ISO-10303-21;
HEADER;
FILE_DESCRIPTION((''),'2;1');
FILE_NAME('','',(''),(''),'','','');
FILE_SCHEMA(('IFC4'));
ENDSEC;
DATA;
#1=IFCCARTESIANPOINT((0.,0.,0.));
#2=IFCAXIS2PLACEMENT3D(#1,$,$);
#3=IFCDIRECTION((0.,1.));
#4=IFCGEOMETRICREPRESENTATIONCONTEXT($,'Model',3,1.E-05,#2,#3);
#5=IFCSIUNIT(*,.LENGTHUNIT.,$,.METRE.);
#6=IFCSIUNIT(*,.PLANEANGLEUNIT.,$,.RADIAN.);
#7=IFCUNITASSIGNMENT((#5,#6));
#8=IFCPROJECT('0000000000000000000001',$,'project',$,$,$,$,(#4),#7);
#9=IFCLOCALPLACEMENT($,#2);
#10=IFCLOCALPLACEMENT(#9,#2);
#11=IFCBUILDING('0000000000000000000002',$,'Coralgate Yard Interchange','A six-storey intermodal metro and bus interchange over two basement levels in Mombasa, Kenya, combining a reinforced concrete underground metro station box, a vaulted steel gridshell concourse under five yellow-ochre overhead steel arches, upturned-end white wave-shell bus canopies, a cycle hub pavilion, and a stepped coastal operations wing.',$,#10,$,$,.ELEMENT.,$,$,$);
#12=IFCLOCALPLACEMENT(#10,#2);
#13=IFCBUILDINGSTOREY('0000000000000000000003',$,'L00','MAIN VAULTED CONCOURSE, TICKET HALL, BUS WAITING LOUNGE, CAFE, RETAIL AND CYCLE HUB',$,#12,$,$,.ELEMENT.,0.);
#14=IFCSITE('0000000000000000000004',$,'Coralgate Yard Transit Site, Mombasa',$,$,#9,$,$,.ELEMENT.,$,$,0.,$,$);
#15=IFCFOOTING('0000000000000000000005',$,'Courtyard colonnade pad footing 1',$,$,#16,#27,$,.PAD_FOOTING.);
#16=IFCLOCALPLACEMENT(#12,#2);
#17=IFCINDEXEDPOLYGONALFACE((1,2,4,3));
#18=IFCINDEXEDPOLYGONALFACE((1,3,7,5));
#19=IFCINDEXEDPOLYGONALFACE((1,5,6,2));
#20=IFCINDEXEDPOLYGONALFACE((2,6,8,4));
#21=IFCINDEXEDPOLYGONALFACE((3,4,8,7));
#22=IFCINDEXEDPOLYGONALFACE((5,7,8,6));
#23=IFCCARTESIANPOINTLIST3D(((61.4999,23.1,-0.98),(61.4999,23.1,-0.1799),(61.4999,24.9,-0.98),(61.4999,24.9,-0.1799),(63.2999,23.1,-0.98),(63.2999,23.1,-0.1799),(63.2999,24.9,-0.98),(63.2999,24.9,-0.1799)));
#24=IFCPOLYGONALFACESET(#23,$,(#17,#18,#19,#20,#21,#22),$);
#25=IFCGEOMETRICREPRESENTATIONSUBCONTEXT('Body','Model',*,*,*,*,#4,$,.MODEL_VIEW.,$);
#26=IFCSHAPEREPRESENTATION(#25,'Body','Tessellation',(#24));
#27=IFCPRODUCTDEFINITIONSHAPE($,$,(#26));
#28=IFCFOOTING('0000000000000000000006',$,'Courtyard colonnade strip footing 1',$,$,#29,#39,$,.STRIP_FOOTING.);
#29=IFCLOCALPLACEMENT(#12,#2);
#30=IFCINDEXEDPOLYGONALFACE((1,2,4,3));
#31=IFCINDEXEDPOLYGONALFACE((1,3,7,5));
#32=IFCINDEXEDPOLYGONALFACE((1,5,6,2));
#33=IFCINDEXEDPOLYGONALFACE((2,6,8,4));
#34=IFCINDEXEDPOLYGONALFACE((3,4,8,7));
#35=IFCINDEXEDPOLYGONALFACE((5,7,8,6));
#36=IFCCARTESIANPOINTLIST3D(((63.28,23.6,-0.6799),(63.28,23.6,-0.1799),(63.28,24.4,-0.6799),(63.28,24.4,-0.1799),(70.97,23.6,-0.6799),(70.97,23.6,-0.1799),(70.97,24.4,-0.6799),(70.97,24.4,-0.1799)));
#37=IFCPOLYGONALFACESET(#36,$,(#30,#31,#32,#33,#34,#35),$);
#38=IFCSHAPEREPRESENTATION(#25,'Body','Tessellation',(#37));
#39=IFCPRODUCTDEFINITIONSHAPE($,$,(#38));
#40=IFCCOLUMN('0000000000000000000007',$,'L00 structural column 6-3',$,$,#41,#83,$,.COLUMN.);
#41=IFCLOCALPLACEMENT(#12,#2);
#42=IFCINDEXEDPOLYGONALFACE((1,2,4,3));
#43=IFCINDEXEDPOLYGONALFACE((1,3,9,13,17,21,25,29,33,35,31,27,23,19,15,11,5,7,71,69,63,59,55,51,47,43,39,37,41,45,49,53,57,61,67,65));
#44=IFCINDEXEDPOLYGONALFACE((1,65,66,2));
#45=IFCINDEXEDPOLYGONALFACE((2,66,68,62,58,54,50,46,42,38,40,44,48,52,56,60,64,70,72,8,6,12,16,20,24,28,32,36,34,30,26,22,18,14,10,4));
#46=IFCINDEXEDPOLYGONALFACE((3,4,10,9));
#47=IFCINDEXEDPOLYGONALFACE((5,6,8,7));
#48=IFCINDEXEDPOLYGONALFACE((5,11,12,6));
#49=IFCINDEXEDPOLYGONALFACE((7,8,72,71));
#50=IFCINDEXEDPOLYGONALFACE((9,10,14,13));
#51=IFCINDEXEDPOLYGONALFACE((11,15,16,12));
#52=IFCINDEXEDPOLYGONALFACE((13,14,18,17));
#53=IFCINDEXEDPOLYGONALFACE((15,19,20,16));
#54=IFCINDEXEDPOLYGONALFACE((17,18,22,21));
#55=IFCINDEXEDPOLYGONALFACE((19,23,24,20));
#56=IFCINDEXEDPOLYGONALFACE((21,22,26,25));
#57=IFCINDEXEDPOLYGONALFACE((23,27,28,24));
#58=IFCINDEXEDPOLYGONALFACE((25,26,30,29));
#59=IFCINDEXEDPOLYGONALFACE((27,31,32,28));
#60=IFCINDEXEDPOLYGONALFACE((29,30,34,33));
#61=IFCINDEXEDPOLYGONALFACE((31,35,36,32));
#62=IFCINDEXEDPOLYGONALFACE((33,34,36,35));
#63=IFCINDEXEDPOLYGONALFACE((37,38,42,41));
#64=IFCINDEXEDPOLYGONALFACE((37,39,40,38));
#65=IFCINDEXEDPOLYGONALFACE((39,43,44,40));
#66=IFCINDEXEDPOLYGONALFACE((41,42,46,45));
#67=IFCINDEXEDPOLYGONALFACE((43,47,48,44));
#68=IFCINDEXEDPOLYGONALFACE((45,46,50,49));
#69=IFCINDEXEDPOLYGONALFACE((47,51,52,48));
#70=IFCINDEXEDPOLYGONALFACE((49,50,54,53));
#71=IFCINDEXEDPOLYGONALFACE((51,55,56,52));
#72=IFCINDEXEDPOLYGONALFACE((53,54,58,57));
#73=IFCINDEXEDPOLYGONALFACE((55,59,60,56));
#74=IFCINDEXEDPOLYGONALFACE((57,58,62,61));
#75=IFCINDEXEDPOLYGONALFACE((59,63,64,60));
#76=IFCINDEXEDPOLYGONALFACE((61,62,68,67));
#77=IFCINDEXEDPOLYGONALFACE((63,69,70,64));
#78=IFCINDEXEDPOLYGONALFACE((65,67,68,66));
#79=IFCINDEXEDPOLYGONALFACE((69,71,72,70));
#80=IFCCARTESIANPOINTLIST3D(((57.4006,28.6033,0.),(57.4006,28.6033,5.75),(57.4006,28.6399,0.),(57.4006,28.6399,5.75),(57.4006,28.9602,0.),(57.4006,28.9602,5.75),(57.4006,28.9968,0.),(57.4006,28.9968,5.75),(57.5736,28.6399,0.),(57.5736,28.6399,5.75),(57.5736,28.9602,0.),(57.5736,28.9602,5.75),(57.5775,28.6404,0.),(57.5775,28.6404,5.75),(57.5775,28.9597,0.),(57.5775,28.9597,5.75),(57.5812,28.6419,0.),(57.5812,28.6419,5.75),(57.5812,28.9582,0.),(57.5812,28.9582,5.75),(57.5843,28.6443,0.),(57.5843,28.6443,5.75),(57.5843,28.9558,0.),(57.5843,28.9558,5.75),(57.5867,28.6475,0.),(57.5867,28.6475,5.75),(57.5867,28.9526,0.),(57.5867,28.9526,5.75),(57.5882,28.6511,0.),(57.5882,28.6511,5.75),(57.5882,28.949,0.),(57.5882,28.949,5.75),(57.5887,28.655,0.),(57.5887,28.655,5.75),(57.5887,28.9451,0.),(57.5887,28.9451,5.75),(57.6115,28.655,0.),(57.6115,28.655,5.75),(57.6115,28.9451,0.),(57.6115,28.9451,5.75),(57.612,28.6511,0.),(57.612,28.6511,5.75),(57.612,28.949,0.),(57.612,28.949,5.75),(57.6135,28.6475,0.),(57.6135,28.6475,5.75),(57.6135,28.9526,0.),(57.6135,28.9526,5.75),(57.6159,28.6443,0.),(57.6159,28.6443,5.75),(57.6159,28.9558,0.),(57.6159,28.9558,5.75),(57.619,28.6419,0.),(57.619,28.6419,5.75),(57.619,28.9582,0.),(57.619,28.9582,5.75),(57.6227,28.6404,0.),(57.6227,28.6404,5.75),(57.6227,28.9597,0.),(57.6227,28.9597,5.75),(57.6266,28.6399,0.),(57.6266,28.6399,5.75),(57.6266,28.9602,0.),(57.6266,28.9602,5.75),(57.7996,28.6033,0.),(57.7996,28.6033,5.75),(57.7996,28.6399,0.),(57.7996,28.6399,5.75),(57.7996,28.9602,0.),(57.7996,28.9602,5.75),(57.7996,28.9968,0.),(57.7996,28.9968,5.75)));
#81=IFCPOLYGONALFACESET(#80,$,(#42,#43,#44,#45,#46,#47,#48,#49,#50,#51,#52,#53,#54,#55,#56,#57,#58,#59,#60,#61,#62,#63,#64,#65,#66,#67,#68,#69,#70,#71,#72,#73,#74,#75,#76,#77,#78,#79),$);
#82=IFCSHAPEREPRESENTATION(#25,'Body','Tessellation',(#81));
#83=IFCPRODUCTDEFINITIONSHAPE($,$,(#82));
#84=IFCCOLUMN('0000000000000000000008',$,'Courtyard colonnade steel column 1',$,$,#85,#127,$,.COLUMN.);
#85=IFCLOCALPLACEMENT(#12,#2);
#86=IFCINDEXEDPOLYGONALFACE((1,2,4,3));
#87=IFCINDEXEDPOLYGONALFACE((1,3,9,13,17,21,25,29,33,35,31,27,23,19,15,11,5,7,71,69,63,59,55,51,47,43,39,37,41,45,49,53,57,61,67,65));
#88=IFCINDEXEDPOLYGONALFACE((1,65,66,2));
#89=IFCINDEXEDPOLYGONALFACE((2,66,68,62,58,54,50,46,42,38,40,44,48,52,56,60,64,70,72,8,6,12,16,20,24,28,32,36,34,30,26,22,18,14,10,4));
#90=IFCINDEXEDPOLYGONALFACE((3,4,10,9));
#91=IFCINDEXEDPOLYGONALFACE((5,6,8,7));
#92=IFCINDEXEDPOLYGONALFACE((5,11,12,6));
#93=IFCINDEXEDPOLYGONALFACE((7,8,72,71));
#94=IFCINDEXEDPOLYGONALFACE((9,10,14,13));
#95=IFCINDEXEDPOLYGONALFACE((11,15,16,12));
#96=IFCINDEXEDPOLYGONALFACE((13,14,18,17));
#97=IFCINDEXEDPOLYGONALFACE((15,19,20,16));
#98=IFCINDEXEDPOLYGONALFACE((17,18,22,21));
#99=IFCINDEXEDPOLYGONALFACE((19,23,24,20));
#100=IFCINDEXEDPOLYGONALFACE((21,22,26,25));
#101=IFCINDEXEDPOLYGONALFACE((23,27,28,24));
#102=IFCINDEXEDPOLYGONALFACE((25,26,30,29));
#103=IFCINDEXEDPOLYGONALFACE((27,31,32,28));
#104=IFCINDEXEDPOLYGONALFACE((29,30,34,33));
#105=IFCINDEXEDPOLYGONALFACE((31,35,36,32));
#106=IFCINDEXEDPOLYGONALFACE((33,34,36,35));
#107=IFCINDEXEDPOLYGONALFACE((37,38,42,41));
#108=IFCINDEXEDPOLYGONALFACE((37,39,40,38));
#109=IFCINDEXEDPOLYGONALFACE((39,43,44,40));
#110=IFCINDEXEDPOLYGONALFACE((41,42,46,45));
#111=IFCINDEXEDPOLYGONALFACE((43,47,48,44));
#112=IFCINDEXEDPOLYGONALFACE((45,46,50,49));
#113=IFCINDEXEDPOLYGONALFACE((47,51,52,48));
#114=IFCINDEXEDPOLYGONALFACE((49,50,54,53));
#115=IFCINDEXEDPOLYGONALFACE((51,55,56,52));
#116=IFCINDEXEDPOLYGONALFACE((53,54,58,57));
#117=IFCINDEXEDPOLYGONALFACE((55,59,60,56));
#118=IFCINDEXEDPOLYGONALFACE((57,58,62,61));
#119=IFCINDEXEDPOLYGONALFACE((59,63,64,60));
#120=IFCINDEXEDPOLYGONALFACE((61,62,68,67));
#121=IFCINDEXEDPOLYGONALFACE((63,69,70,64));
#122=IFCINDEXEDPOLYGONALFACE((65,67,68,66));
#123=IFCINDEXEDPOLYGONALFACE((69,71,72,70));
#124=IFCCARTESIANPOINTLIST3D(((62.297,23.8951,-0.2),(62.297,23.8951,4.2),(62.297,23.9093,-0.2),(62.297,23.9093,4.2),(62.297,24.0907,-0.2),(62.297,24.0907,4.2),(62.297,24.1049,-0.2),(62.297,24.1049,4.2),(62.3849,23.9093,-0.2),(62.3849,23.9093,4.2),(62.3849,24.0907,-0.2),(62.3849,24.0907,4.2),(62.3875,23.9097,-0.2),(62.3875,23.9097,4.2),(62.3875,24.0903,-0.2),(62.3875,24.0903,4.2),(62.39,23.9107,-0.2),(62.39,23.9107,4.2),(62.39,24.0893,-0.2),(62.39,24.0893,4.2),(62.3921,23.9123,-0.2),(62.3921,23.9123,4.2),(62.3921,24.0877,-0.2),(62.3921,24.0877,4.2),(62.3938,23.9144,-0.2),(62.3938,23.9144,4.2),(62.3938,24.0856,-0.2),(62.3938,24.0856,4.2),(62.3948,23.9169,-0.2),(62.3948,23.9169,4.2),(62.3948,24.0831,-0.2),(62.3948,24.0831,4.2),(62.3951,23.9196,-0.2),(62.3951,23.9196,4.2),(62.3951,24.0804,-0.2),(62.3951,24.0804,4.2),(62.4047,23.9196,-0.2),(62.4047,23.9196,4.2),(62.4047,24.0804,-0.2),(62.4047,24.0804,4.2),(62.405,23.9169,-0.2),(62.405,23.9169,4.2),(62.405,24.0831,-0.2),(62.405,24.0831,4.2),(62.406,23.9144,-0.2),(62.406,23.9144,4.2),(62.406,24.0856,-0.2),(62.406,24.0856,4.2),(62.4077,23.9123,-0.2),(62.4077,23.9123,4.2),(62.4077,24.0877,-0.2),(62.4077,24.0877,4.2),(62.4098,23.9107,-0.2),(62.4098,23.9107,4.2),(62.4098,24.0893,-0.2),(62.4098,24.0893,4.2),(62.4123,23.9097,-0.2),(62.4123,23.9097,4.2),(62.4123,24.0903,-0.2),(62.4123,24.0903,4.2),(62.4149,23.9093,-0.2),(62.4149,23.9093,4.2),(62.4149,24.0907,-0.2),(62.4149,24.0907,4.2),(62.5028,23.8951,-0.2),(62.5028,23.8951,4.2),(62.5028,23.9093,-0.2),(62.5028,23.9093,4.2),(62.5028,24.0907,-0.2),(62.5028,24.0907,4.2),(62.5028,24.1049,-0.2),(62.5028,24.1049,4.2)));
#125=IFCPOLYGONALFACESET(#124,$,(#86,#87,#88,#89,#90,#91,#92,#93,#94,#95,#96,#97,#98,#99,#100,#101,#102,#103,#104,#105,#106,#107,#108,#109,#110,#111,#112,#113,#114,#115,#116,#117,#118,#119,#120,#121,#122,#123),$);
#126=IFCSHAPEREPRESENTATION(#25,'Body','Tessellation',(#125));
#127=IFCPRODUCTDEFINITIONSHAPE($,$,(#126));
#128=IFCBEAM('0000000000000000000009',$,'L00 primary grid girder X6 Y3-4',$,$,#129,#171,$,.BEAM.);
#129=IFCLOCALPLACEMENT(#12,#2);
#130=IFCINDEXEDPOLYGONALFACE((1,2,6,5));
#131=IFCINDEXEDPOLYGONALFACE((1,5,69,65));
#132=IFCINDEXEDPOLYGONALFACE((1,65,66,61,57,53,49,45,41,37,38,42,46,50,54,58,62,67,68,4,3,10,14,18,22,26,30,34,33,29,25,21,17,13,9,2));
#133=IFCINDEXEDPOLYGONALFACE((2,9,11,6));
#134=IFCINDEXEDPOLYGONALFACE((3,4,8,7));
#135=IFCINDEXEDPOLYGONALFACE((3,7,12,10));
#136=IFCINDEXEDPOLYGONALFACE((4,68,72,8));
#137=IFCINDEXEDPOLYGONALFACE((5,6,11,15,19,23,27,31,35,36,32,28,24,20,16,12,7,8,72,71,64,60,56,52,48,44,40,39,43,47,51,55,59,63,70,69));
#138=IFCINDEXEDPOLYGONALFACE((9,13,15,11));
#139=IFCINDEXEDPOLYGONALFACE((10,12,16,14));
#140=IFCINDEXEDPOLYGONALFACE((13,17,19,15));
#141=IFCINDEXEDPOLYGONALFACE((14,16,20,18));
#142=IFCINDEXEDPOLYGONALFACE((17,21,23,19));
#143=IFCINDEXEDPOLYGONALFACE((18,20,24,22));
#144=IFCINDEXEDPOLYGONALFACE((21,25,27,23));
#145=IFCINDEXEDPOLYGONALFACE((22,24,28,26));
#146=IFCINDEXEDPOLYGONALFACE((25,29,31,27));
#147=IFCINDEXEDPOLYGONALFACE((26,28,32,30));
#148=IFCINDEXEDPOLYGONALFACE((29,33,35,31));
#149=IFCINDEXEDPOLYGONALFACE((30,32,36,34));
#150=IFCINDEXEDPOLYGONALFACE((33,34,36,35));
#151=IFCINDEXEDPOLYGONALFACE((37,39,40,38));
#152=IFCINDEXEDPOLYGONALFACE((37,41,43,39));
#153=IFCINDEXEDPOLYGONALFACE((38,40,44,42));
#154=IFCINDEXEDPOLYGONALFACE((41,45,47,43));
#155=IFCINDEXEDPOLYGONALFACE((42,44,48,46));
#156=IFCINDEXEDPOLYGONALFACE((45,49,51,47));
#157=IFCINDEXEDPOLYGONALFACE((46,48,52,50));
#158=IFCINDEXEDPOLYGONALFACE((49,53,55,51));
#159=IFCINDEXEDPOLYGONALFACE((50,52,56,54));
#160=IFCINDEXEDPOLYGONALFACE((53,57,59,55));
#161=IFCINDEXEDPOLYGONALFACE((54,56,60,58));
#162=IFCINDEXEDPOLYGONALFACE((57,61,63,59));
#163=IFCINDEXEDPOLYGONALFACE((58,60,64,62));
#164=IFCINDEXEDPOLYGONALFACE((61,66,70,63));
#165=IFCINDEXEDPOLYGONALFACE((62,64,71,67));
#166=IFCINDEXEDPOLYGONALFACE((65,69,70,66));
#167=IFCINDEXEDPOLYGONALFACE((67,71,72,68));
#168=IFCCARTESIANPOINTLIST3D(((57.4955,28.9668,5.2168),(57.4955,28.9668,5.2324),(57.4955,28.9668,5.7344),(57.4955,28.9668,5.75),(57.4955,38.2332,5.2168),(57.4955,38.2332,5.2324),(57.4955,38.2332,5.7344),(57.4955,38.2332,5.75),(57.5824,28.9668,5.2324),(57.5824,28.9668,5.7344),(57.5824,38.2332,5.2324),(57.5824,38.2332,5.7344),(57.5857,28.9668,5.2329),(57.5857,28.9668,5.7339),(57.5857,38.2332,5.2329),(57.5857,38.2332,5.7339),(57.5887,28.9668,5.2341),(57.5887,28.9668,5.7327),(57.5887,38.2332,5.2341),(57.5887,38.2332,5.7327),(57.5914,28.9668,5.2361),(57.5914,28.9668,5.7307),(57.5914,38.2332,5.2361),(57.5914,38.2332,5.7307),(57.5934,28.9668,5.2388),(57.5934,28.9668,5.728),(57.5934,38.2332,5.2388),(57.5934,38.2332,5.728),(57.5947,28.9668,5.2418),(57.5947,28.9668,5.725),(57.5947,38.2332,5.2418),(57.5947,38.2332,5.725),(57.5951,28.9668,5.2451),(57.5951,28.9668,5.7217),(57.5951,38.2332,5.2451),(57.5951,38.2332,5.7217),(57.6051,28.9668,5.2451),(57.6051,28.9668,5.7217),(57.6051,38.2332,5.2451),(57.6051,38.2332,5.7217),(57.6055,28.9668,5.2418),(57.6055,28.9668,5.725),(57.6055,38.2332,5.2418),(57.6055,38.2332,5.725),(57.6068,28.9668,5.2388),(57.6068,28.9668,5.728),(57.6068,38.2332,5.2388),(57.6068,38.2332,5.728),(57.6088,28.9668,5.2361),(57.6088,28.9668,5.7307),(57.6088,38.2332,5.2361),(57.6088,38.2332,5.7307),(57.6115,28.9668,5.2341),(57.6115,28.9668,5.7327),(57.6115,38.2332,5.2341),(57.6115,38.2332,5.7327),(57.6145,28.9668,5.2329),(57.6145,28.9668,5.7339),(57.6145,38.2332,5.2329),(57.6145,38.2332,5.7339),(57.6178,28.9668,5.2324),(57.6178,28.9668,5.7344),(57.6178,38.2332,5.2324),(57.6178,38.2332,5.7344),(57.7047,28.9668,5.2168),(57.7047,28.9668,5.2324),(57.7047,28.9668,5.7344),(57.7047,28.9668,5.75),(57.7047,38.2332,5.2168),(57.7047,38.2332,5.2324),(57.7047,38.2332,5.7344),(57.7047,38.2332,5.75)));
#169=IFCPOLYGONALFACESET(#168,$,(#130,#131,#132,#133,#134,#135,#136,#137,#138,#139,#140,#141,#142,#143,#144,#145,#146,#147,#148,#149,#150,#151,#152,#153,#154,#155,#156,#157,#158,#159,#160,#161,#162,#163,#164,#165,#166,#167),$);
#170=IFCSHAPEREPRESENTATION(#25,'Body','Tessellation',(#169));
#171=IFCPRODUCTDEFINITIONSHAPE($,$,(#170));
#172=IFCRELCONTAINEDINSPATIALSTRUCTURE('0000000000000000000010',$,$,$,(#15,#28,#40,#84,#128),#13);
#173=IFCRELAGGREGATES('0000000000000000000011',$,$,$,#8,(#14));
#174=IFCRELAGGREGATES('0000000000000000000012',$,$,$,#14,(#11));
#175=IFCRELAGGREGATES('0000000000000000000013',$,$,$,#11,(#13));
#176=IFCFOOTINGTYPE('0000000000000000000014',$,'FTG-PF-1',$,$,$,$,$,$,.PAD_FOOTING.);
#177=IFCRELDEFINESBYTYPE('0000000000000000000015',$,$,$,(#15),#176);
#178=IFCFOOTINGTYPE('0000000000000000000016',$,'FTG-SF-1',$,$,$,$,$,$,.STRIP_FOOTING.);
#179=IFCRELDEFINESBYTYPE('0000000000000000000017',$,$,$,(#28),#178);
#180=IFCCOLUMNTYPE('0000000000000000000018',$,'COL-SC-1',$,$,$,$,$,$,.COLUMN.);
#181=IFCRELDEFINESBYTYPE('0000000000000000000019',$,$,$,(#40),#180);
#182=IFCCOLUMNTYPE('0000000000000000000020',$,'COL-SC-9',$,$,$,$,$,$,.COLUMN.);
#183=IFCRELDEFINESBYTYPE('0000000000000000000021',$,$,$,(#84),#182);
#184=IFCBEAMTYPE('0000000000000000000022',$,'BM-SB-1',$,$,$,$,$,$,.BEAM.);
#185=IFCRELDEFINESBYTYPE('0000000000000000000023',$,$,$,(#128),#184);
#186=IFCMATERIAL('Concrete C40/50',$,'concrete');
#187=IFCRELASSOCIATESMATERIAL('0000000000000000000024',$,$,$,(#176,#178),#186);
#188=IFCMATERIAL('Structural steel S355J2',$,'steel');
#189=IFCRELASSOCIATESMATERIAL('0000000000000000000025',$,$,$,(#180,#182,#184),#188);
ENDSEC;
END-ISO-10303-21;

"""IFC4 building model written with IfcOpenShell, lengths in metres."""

from ifc_helpers import new_model, si_unit, direction, frame, origin, origin_2d, place, context, subcontext, project, spatial, rectangle, i_section, extrude, material, material_profile, profile_set, type_object, element, save


model = new_model("IFC4")

# Units and contexts
model_context = context("Model", 3, precision=1e-05, world=origin(), true_north=direction((0.0, 1.0)))
body_context = subcontext(model_context, "Body", "Model", "MODEL_VIEW")
ifc_project = project(units=[si_unit("LENGTHUNIT", "METRE"), si_unit("PLANEANGLEUNIT", "RADIAN")], contexts=[model_context])

# Site, building, storey
site_placement = place(None, origin())
site = spatial("IfcSite", under=ifc_project, at=site_placement, Name="Coralgate Yard Transit Site, Mombasa", CompositionType="ELEMENT", RefElevation=0.0)
building_placement = place(site_placement, origin())
building = spatial("IfcBuilding", under=site, at=building_placement, Name="Coralgate Yard Interchange", Description="A six-storey intermodal metro and bus interchange over two basement levels in Mombasa, Kenya, combining a reinforced concrete underground metro station box, a vaulted steel gridshell concourse under five yellow-ochre overhead steel arches, upturned-end white wave-shell bus canopies, a cycle hub pavilion, and a stepped coastal operations wing.", CompositionType="ELEMENT")
storey_placement = place(building_placement, origin())
storey = spatial("IfcBuildingStorey", under=building, at=storey_placement, Name="L00", Description="MAIN VAULTED CONCOURSE, TICKET HALL, BUS WAITING LOUNGE, CAFE, RETAIL AND CYCLE HUB", CompositionType="ELEMENT", Elevation=0.0)

# Footings
ifc_material_1 = material(Name="Concrete C40/50", Category="concrete")
footing_type_1 = type_object("IfcFootingType", Name="FTG-PF-1", PredefinedType="PAD_FOOTING", material=ifc_material_1)
footing_1_placement = place(storey_placement, frame((62.3999, 24.0, -0.98), z_axis=(0.0, 0.0, 1.0), x_axis=(1.0, 0.0, 0.0)))
element("IfcFooting", 1, at=footing_1_placement, inside=storey, type_object=footing_type_1, Name="Courtyard colonnade pad footing 1", PredefinedType="PAD_FOOTING", context=body_context, shape_type="SweptSolid", body=[
    extrude(rectangle(XDim=1.8, YDim=1.8, at=origin_2d()), origin(), (0.0, 0.0, 1.0), 0.8),
])
ifc_material_profile_1 = material_profile(ifc_material_1, rectangle(XDim=0.8, YDim=0.5, at=origin_2d()), Name="RC 800x500")
ifc_profile_set_1 = profile_set([ifc_material_profile_1], Name="Concrete C40/50")
footing_type_2 = type_object("IfcFootingType", Name="FTG-SF-1", PredefinedType="STRIP_FOOTING", material=ifc_profile_set_1)
footing_2_placement = place(storey_placement, frame((63.28, 24.0, -0.4299), z_axis=(1.0, 0.0, 0.0), x_axis=(0.0, 1.0, 0.0)))
element("IfcFooting", 2, at=footing_2_placement, inside=storey, type_object=footing_type_2, Name="Courtyard colonnade strip footing 1", PredefinedType="STRIP_FOOTING", context=body_context, shape_type="SweptSolid", body=[
    extrude(rectangle(XDim=0.8, YDim=0.5, at=origin_2d()), origin(), (0.0, 0.0, 1.0), 7.6899),
])

# Columns
ifc_material_2 = material(Name="Structural steel S355J2", Category="steel")
ifc_material_profile_2 = material_profile(ifc_material_2, i_section(OverallWidth=0.3989, OverallDepth=0.3936, WebThickness=0.0227, FlangeThickness=0.0366, FilletRadius=0.0151, at=origin_2d()), Name="UC 356x406x287")
ifc_profile_set_2 = profile_set([ifc_material_profile_2], Name="Structural steel S355J2")
column_type_1 = type_object("IfcColumnType", Name="COL-SC-1", PredefinedType="COLUMN", material=ifc_profile_set_2)
column_1_placement = place(storey_placement, frame((57.6001, 28.8, 0.0), z_axis=(0.0, 0.0, 1.0), x_axis=(1.0, 0.0, 0.0)))
element("IfcColumn", 3, at=column_1_placement, inside=storey, type_object=column_type_1, Name="L00 structural column 6-3", PredefinedType="COLUMN", context=body_context, shape_type="SweptSolid", body=[
    extrude(i_section(OverallWidth=0.3989, OverallDepth=0.3936, WebThickness=0.0227, FlangeThickness=0.0366, FilletRadius=0.0151, at=origin_2d()), origin(), (0.0, 0.0, 1.0), 5.75),
])
ifc_material_profile_3 = material_profile(ifc_material_2, i_section(OverallWidth=0.2058, OverallDepth=0.2097, WebThickness=0.0095, FlangeThickness=0.0142, FilletRadius=0.0103, at=origin_2d()), Name="UC 203x203x60")
ifc_profile_set_3 = profile_set([ifc_material_profile_3], Name="Structural steel S355J2")
column_type_2 = type_object("IfcColumnType", Name="COL-SC-9", PredefinedType="COLUMN", material=ifc_profile_set_3)
column_2_placement = place(storey_placement, frame((62.3999, 24.0, -0.2), z_axis=(0.0, 0.0, 1.0), x_axis=(1.0, 0.0, 0.0)))
element("IfcColumn", 4, at=column_2_placement, inside=storey, type_object=column_type_2, Name="Courtyard colonnade steel column 1", PredefinedType="COLUMN", context=body_context, shape_type="SweptSolid", body=[
    extrude(i_section(OverallWidth=0.2058, OverallDepth=0.2097, WebThickness=0.0095, FlangeThickness=0.0142, FilletRadius=0.0103, at=origin_2d()), origin(), (0.0, 0.0, 1.0), 4.3999),
])

# Beam
ifc_material_profile_4 = material_profile(ifc_material_2, i_section(OverallWidth=0.2092, OverallDepth=0.5332, WebThickness=0.01, FlangeThickness=0.0156, FilletRadius=0.0127, at=origin_2d()), Name="UB 533x210x92")
ifc_profile_set_4 = profile_set([ifc_material_profile_4], Name="Structural steel S355J2")
beam_type_1 = type_object("IfcBeamType", Name="BM-SB-1", PredefinedType="BEAM", material=ifc_profile_set_4)
beam_1_placement = place(storey_placement, frame((57.6001, 28.9668, 5.4834), z_axis=(0.0, 1.0, 0.0), x_axis=(-1.0, 0.0, 0.0)))
element("IfcBeam", 5, at=beam_1_placement, inside=storey, type_object=beam_type_1, Name="L00 primary grid girder X6 Y3-4", PredefinedType="BEAM", context=body_context, shape_type="SweptSolid", body=[
    extrude(i_section(OverallWidth=0.2092, OverallDepth=0.5332, WebThickness=0.01, FlangeThickness=0.0156, FilletRadius=0.0127, at=origin_2d()), origin(), (0.0, 0.0, 1.0), 9.2664),
])

save(model, "model.ifc")
